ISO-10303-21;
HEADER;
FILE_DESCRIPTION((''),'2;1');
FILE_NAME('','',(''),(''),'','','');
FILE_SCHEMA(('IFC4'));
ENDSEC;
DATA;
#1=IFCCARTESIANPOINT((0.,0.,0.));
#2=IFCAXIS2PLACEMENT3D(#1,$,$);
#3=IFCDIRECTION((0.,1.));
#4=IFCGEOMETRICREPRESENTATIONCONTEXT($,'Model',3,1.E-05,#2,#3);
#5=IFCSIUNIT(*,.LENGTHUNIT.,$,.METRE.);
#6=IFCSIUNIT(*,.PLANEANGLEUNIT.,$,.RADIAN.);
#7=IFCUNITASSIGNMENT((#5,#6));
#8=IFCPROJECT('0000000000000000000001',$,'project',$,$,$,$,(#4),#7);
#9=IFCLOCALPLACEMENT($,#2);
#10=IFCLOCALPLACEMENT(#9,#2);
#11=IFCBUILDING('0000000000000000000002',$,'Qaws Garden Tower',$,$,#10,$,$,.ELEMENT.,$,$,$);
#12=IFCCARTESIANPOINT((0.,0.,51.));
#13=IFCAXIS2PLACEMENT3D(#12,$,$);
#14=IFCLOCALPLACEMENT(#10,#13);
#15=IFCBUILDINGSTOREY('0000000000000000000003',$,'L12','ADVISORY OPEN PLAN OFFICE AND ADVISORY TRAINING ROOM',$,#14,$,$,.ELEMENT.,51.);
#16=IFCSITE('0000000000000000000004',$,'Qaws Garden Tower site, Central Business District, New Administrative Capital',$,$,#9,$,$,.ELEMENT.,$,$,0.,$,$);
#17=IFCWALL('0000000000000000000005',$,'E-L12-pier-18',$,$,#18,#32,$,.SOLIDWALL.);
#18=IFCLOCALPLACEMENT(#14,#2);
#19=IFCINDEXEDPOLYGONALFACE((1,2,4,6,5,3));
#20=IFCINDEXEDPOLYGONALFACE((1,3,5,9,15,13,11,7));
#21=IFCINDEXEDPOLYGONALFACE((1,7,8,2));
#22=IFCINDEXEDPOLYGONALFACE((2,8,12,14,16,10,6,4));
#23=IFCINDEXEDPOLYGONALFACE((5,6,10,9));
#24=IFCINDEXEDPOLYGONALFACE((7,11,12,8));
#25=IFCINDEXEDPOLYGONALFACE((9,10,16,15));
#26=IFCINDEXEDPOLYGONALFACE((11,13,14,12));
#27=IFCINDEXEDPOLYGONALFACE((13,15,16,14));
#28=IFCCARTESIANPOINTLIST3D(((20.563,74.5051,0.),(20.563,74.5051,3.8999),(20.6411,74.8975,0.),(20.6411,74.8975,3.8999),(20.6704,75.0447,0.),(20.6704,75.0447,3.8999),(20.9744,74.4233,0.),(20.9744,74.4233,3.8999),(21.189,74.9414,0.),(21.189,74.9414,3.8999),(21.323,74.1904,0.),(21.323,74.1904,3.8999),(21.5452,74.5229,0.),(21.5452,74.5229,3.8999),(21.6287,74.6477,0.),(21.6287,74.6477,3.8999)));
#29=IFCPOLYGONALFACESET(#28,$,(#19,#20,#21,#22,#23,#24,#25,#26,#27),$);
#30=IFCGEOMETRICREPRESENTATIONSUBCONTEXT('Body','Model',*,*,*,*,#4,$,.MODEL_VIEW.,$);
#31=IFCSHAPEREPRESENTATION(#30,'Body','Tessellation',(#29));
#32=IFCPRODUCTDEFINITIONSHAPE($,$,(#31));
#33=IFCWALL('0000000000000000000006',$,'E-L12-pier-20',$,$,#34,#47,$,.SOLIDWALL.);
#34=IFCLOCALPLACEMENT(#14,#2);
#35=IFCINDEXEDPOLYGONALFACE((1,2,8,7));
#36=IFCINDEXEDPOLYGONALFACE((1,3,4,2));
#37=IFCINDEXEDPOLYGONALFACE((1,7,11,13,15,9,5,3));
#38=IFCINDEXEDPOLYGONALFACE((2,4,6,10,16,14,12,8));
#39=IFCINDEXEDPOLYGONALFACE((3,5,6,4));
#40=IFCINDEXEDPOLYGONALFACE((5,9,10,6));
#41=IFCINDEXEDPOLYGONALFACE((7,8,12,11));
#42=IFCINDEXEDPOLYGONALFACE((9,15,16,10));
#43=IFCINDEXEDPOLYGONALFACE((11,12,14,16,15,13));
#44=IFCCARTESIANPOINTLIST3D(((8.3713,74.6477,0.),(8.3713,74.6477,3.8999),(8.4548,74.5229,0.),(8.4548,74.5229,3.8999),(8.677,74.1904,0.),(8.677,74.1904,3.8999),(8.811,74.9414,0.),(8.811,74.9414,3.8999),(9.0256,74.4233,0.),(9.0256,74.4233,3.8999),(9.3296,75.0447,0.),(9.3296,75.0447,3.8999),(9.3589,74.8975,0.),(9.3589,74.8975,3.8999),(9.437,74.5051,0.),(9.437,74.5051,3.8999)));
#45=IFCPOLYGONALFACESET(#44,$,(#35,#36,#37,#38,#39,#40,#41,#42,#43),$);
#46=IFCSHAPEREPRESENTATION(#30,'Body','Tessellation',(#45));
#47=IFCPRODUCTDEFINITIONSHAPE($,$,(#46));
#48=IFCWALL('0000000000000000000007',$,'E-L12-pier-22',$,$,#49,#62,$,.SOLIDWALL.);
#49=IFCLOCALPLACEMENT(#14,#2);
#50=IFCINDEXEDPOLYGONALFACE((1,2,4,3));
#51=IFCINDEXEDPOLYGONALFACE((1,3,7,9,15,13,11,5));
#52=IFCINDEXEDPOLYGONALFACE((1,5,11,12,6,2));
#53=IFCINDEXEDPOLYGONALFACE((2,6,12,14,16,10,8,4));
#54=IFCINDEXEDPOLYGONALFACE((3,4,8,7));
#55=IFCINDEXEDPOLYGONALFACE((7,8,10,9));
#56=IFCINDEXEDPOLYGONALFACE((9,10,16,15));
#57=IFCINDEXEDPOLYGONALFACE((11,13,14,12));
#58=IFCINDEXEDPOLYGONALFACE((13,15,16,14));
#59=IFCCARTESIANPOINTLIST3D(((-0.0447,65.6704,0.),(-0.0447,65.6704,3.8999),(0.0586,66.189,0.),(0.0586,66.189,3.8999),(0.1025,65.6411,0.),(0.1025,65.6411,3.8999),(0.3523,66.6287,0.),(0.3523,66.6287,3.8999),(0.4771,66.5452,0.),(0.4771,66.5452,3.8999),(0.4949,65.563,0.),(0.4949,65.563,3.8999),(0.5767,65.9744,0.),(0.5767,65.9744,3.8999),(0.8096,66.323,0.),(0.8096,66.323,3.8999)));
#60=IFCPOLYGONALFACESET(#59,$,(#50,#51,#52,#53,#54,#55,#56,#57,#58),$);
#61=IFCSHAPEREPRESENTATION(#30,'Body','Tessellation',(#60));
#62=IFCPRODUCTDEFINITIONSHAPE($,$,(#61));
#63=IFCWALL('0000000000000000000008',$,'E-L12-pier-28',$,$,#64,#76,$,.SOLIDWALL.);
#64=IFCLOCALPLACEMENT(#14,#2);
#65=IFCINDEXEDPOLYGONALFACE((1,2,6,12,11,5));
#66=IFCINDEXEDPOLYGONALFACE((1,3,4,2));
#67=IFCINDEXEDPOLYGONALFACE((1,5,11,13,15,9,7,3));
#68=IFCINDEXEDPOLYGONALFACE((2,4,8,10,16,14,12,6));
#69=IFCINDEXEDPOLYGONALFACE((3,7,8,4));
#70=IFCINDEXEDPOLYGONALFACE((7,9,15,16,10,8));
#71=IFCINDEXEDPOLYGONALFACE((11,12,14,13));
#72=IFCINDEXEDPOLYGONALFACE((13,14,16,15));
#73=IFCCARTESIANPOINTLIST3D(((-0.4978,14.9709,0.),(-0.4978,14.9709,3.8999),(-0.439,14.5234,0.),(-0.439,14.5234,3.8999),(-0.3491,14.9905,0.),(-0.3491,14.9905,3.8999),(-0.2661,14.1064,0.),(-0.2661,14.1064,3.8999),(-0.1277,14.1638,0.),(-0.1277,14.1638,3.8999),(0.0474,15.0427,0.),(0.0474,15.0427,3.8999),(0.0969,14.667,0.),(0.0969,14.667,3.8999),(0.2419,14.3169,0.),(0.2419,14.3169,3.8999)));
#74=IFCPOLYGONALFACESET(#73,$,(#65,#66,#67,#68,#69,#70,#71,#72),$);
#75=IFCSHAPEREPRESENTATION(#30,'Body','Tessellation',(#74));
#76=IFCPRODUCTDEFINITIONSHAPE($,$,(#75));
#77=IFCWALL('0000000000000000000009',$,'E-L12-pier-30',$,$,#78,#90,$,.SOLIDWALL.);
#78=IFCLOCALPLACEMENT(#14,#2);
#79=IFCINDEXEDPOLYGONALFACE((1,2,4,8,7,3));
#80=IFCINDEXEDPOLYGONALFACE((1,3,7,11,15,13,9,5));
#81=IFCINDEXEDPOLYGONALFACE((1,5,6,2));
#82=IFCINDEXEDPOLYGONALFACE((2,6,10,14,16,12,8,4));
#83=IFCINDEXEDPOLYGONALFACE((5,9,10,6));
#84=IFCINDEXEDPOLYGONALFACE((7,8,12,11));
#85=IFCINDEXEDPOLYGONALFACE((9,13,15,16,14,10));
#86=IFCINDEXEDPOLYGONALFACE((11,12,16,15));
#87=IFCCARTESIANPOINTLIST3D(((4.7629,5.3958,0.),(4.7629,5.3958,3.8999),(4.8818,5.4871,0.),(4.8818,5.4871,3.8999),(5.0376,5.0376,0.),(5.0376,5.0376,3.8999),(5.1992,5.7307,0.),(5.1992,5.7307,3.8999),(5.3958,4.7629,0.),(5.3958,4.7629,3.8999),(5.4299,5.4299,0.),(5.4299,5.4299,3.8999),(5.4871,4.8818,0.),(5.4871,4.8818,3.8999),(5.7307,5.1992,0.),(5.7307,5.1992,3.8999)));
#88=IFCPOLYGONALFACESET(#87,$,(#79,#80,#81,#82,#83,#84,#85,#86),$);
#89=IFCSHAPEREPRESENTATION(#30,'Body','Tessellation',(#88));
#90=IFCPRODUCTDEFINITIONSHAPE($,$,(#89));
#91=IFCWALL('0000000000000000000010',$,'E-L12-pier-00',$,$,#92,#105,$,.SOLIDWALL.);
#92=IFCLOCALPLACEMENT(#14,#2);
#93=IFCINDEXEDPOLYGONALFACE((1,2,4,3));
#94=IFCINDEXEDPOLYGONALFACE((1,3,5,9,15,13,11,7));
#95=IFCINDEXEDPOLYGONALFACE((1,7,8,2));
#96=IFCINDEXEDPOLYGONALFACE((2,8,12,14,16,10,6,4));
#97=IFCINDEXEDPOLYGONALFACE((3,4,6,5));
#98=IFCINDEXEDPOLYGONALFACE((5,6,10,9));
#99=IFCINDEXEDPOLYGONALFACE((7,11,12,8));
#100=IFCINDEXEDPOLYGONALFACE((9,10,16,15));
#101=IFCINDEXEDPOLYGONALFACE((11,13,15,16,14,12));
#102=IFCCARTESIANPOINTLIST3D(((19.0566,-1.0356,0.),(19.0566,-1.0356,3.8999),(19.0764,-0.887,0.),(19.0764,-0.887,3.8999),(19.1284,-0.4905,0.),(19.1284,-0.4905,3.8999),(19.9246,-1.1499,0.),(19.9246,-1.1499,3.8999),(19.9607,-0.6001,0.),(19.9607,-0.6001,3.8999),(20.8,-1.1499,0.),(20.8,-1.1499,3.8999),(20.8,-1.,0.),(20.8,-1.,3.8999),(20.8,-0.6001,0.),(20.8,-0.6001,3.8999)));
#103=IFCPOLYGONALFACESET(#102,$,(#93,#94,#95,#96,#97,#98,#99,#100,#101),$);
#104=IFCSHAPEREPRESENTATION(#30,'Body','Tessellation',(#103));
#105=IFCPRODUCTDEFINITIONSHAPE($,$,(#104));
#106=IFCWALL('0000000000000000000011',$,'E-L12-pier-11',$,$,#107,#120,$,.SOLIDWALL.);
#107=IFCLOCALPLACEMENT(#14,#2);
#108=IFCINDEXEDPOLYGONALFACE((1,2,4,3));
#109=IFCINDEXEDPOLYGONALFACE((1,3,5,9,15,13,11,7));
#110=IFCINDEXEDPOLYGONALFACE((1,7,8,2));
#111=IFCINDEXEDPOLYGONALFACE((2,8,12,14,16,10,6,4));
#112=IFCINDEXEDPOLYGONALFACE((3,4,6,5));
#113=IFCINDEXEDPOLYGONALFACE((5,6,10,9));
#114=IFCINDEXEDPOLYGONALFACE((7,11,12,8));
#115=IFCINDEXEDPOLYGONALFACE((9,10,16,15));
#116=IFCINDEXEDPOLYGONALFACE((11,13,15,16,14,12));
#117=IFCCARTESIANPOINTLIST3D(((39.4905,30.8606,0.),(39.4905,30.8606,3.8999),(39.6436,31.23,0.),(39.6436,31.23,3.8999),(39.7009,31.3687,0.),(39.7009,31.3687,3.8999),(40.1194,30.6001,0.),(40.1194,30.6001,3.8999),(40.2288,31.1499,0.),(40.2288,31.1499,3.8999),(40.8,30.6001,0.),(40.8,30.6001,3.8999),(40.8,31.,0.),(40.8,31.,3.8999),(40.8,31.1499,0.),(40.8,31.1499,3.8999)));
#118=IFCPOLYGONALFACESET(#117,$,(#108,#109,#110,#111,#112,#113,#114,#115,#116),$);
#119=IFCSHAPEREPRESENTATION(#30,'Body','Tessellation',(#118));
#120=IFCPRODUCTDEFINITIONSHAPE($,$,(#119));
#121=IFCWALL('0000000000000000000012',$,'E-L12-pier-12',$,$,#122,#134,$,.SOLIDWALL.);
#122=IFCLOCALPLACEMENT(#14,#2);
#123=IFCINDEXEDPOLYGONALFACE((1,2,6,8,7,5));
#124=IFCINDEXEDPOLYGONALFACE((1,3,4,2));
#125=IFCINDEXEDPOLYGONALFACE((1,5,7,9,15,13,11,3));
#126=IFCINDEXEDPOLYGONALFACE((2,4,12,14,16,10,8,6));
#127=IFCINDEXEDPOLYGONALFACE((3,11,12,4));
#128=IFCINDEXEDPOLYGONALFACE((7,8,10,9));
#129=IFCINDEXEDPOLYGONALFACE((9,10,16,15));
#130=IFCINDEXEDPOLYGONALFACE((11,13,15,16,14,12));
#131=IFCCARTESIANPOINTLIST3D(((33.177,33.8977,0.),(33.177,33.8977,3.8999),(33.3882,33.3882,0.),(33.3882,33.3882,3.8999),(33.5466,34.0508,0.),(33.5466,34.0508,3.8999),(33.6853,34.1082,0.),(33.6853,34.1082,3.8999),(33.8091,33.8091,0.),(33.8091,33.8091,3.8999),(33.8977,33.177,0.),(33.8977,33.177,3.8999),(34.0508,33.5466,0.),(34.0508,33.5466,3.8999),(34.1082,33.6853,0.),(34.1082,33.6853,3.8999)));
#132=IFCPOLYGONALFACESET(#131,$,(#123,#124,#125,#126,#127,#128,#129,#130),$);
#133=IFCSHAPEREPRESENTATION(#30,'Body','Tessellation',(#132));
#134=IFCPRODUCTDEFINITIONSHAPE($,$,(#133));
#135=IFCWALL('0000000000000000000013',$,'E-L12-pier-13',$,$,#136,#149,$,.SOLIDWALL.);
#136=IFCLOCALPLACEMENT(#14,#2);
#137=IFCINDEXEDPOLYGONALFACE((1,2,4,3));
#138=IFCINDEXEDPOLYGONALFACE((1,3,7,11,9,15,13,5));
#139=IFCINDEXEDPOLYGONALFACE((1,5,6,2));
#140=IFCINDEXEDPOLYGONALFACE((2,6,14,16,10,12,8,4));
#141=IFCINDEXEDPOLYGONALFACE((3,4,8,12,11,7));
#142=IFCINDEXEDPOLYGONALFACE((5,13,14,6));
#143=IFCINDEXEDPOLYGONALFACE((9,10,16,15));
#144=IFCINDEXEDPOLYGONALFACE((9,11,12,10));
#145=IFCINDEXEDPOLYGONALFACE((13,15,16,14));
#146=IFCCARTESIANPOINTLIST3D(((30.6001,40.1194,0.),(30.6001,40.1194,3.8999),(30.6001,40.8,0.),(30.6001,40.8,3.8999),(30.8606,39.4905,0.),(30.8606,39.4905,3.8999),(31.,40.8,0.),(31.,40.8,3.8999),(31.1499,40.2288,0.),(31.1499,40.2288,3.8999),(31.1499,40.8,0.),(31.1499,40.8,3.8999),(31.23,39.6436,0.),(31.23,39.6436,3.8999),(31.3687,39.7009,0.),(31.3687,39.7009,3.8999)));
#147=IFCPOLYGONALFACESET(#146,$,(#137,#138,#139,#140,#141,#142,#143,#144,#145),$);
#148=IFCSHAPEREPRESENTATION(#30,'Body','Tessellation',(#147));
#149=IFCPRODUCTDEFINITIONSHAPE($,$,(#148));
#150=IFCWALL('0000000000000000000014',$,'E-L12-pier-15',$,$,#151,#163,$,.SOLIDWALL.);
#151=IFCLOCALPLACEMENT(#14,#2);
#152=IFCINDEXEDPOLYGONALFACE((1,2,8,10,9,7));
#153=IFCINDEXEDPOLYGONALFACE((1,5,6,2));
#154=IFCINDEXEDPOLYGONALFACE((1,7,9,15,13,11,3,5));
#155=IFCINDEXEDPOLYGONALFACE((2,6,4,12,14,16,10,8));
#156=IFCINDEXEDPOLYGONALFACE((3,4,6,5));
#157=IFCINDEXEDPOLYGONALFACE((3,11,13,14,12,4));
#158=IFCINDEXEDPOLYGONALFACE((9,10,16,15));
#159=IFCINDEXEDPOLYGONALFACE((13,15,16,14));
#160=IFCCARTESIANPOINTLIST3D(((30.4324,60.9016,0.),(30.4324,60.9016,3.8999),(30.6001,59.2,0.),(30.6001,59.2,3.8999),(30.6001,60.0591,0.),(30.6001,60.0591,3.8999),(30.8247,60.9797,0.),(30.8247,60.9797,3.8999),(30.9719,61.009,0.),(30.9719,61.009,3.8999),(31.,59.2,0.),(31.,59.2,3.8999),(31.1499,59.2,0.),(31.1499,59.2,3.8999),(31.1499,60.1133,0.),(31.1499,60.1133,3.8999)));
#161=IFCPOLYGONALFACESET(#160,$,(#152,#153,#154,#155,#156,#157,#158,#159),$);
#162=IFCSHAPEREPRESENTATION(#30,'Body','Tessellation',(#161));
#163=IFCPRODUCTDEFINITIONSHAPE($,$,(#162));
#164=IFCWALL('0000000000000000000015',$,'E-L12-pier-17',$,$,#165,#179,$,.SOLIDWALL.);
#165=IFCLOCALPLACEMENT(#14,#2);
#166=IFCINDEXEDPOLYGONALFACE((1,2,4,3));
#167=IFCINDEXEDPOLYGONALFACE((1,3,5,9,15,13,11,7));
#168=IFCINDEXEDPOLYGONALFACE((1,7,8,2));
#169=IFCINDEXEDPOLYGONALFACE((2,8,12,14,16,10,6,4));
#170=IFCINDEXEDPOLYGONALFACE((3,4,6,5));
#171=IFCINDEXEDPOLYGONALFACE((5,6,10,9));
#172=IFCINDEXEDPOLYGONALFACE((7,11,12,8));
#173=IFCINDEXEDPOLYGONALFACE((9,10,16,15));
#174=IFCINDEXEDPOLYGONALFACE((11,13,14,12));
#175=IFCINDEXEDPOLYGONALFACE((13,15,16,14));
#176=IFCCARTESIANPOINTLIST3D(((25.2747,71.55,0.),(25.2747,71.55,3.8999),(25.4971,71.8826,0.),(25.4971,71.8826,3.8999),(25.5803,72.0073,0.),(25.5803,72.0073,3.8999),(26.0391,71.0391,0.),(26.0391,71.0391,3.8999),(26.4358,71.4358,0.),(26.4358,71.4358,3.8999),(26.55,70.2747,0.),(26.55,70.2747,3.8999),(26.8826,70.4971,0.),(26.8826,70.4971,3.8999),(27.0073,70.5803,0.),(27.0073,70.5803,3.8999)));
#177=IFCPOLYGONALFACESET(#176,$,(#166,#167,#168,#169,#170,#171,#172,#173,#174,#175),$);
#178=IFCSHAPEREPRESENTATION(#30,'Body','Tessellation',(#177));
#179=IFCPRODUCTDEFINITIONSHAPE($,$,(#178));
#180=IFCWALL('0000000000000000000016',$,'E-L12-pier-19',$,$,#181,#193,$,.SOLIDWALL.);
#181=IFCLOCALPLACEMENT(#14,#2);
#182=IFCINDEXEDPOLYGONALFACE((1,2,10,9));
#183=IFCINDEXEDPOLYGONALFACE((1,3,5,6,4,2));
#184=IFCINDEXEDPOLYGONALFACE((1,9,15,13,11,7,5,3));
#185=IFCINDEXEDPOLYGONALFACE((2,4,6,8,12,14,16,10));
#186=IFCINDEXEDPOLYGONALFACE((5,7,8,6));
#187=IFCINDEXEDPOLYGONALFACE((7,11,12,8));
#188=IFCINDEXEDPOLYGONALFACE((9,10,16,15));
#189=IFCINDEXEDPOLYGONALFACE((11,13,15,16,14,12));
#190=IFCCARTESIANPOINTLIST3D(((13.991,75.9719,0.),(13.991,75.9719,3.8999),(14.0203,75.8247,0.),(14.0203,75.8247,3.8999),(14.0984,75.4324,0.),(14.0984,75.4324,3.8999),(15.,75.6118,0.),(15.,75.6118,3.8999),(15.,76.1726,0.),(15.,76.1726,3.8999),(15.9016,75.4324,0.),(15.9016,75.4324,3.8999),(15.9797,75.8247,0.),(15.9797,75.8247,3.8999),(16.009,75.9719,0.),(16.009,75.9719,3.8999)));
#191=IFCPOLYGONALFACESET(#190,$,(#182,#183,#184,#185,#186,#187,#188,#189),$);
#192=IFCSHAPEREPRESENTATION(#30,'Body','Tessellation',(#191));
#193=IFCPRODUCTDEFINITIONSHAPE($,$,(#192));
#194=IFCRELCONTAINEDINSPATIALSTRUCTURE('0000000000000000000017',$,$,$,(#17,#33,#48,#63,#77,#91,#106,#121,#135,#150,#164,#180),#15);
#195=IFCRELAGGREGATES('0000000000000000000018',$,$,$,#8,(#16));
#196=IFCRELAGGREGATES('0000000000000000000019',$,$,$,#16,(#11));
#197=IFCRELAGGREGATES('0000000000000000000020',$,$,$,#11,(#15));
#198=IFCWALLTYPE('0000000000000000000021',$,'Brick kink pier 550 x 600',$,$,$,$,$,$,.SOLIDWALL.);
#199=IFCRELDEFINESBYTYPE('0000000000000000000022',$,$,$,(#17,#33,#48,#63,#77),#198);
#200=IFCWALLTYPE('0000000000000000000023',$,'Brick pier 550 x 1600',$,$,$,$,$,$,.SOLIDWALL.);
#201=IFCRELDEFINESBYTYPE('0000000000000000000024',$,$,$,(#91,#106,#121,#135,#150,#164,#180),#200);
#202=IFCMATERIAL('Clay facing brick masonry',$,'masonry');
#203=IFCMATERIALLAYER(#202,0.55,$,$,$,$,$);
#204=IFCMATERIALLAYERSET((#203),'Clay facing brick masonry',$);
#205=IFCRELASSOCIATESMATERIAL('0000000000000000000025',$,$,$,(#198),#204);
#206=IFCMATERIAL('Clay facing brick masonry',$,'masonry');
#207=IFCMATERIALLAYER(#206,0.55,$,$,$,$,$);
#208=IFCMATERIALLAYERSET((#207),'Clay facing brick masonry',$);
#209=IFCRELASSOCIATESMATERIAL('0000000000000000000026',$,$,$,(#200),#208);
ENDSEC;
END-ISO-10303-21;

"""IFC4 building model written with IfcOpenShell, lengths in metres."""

from ifc_helpers import new_model, si_unit, direction, frame, origin, place, context, subcontext, project, spatial, polyline, outline, extrude, material, layer, layer_set, type_object, element, save


model = new_model("IFC4")

# Units and contexts
model_context = context("Model", 3, precision=1e-05, world=origin(), true_north=direction((0.0, 1.0)))
body_context = subcontext(model_context, "Body", "Model", "MODEL_VIEW")
ifc_project = project(units=[si_unit("LENGTHUNIT", "METRE"), si_unit("PLANEANGLEUNIT", "RADIAN")], contexts=[model_context])

# Site, building, storey
site_placement = place(None, origin())
site = spatial("IfcSite", under=ifc_project, at=site_placement, Name="Qaws Garden Tower site, Central Business District, New Administrative Capital", CompositionType="ELEMENT", RefElevation=0.0)
building_placement = place(site_placement, origin())
building = spatial("IfcBuilding", under=site, at=building_placement, Name="Qaws Garden Tower", CompositionType="ELEMENT")
storey_placement = place(building_placement, frame((0.0, 0.0, 51.0)))
storey = spatial("IfcBuildingStorey", under=building, at=storey_placement, Name="L12", Description="ADVISORY OPEN PLAN OFFICE AND ADVISORY TRAINING ROOM", CompositionType="ELEMENT", Elevation=51.0)

# Walls
placement = place(storey_placement, origin())
ifc_material_1 = material(Name="Clay facing brick masonry", Category="masonry")
ifc_layer_1 = layer(ifc_material_1, 0.55)
ifc_layer_set_1 = layer_set([ifc_layer_1], Name="Clay facing brick masonry")
wall_type_1 = type_object("IfcWallType", Name="Brick kink pier 550 x 600", PredefinedType="SOLIDWALL", material=ifc_layer_set_1)
element("IfcWall", 1, at=placement, inside=storey, type_object=wall_type_1, Name="E-L12-pier-18", PredefinedType="SOLIDWALL", context=body_context, shape_type="SweptSolid", body=[
    extrude(outline(polyline([(21.5452, 74.5229), (21.6287, 74.6477), (21.189, 74.9414), (20.6704, 75.0447), (20.6411, 74.8975), (20.563, 74.5051), (20.9744, 74.4233), (21.323, 74.1904), (21.5452, 74.5229)])), origin(), (0.0, 0.0, 1.0), 3.8999),
])
element("IfcWall", 2, at=placement, inside=storey, type_object=wall_type_1, Name="E-L12-pier-20", PredefinedType="SOLIDWALL", context=body_context, shape_type="SweptSolid", body=[
    extrude(outline(polyline([(9.3589, 74.8975), (9.3296, 75.0447), (8.811, 74.9414), (8.3713, 74.6477), (8.4548, 74.5229), (8.677, 74.1904), (9.0256, 74.4233), (9.437, 74.5051), (9.3589, 74.8975)])), origin(), (0.0, 0.0, 1.0), 3.8999),
])
element("IfcWall", 3, at=placement, inside=storey, type_object=wall_type_1, Name="E-L12-pier-22", PredefinedType="SOLIDWALL", context=body_context, shape_type="SweptSolid", body=[
    extrude(outline(polyline([(0.4771, 66.5452), (0.3523, 66.6287), (0.0586, 66.189), (-0.0447, 65.6704), (0.1025, 65.6411), (0.4949, 65.563), (0.5767, 65.9744), (0.8096, 66.323), (0.4771, 66.5452)])), origin(), (0.0, 0.0, 1.0), 3.8999),
])
element("IfcWall", 4, at=placement, inside=storey, type_object=wall_type_1, Name="E-L12-pier-28", PredefinedType="SOLIDWALL", context=body_context, shape_type="SweptSolid", body=[
    extrude(outline(polyline([(-0.3491, 14.9905), (-0.4978, 14.9709), (-0.439, 14.5234), (-0.2661, 14.1064), (-0.1277, 14.1638), (0.2419, 14.3169), (0.0969, 14.667), (0.0474, 15.0427), (-0.3491, 14.9905)])), origin(), (0.0, 0.0, 1.0), 3.8999),
])
element("IfcWall", 5, at=placement, inside=storey, type_object=wall_type_1, Name="E-L12-pier-30", PredefinedType="SOLIDWALL", context=body_context, shape_type="SweptSolid", body=[
    extrude(outline(polyline([(4.8818, 5.4871), (4.7629, 5.3958), (5.0376, 5.0376), (5.3958, 4.7629), (5.4871, 4.8818), (5.7307, 5.1992), (5.4299, 5.4299), (5.1992, 5.7307), (4.8818, 5.4871)])), origin(), (0.0, 0.0, 1.0), 3.8999),
])
ifc_material_2 = material(Name="Clay facing brick masonry", Category="masonry")
ifc_layer_2 = layer(ifc_material_2, 0.55)
ifc_layer_set_2 = layer_set([ifc_layer_2], Name="Clay facing brick masonry")
wall_type_2 = type_object("IfcWallType", Name="Brick pier 550 x 1600", PredefinedType="SOLIDWALL", material=ifc_layer_set_2)
element("IfcWall", 6, at=placement, inside=storey, type_object=wall_type_2, Name="E-L12-pier-00", PredefinedType="SOLIDWALL", context=body_context, shape_type="SweptSolid", body=[
    extrude(outline(polyline([(19.0764, -0.887), (19.0566, -1.0356), (19.9246, -1.1499), (20.8, -1.1499), (20.8, -1.0), (20.8, -0.6001), (19.9607, -0.6001), (19.1284, -0.4905), (19.0764, -0.887)])), origin(), (0.0, 0.0, 1.0), 3.8999),
])
element("IfcWall", 7, at=placement, inside=storey, type_object=wall_type_2, Name="E-L12-pier-11", PredefinedType="SOLIDWALL", context=body_context, shape_type="SweptSolid", body=[
    extrude(outline(polyline([(40.8, 31.0), (40.8, 31.1499), (40.2288, 31.1499), (39.7009, 31.3687), (39.6436, 31.23), (39.4905, 30.8606), (40.1194, 30.6001), (40.8, 30.6001), (40.8, 31.0)])), origin(), (0.0, 0.0, 1.0), 3.8999),
])
element("IfcWall", 8, at=placement, inside=storey, type_object=wall_type_2, Name="E-L12-pier-12", PredefinedType="SOLIDWALL", context=body_context, shape_type="SweptSolid", body=[
    extrude(outline(polyline([(34.0508, 33.5466), (34.1082, 33.6853), (33.8091, 33.8091), (33.6853, 34.1082), (33.5466, 34.0508), (33.177, 33.8977), (33.3882, 33.3882), (33.8977, 33.177), (34.0508, 33.5466)])), origin(), (0.0, 0.0, 1.0), 3.8999),
])
element("IfcWall", 9, at=placement, inside=storey, type_object=wall_type_2, Name="E-L12-pier-13", PredefinedType="SOLIDWALL", context=body_context, shape_type="SweptSolid", body=[
    extrude(outline(polyline([(31.23, 39.6436), (31.3687, 39.7009), (31.1499, 40.2288), (31.1499, 40.8), (31.0, 40.8), (30.6001, 40.8), (30.6001, 40.1194), (30.8606, 39.4905), (31.23, 39.6436)])), origin(), (0.0, 0.0, 1.0), 3.8999),
])
element("IfcWall", 10, at=placement, inside=storey, type_object=wall_type_2, Name="E-L12-pier-15", PredefinedType="SOLIDWALL", context=body_context, shape_type="SweptSolid", body=[
    extrude(outline(polyline([(31.0, 59.2), (31.1499, 59.2), (31.1499, 60.1133), (30.9719, 61.009), (30.8247, 60.9797), (30.4324, 60.9016), (30.6001, 60.0591), (30.6001, 59.2), (31.0, 59.2)])), origin(), (0.0, 0.0, 1.0), 3.8999),
])
element("IfcWall", 11, at=placement, inside=storey, type_object=wall_type_2, Name="E-L12-pier-17", PredefinedType="SOLIDWALL", context=body_context, shape_type="SweptSolid", body=[
    extrude(outline(polyline([(26.8826, 70.4971), (27.0073, 70.5803), (26.4358, 71.4358), (25.5803, 72.0073), (25.4971, 71.8826), (25.2747, 71.55), (26.0391, 71.0391), (26.55, 70.2747), (26.8826, 70.4971)])), origin(), (0.0, 0.0, 1.0), 3.8999),
])
element("IfcWall", 12, at=placement, inside=storey, type_object=wall_type_2, Name="E-L12-pier-19", PredefinedType="SOLIDWALL", context=body_context, shape_type="SweptSolid", body=[
    extrude(outline(polyline([(15.9797, 75.8247), (16.009, 75.9719), (15.0, 76.1726), (13.991, 75.9719), (14.0203, 75.8247), (14.0984, 75.4324), (15.0, 75.6118), (15.9016, 75.4324), (15.9797, 75.8247)])), origin(), (0.0, 0.0, 1.0), 3.8999),
])

save(model, "model.ifc")
